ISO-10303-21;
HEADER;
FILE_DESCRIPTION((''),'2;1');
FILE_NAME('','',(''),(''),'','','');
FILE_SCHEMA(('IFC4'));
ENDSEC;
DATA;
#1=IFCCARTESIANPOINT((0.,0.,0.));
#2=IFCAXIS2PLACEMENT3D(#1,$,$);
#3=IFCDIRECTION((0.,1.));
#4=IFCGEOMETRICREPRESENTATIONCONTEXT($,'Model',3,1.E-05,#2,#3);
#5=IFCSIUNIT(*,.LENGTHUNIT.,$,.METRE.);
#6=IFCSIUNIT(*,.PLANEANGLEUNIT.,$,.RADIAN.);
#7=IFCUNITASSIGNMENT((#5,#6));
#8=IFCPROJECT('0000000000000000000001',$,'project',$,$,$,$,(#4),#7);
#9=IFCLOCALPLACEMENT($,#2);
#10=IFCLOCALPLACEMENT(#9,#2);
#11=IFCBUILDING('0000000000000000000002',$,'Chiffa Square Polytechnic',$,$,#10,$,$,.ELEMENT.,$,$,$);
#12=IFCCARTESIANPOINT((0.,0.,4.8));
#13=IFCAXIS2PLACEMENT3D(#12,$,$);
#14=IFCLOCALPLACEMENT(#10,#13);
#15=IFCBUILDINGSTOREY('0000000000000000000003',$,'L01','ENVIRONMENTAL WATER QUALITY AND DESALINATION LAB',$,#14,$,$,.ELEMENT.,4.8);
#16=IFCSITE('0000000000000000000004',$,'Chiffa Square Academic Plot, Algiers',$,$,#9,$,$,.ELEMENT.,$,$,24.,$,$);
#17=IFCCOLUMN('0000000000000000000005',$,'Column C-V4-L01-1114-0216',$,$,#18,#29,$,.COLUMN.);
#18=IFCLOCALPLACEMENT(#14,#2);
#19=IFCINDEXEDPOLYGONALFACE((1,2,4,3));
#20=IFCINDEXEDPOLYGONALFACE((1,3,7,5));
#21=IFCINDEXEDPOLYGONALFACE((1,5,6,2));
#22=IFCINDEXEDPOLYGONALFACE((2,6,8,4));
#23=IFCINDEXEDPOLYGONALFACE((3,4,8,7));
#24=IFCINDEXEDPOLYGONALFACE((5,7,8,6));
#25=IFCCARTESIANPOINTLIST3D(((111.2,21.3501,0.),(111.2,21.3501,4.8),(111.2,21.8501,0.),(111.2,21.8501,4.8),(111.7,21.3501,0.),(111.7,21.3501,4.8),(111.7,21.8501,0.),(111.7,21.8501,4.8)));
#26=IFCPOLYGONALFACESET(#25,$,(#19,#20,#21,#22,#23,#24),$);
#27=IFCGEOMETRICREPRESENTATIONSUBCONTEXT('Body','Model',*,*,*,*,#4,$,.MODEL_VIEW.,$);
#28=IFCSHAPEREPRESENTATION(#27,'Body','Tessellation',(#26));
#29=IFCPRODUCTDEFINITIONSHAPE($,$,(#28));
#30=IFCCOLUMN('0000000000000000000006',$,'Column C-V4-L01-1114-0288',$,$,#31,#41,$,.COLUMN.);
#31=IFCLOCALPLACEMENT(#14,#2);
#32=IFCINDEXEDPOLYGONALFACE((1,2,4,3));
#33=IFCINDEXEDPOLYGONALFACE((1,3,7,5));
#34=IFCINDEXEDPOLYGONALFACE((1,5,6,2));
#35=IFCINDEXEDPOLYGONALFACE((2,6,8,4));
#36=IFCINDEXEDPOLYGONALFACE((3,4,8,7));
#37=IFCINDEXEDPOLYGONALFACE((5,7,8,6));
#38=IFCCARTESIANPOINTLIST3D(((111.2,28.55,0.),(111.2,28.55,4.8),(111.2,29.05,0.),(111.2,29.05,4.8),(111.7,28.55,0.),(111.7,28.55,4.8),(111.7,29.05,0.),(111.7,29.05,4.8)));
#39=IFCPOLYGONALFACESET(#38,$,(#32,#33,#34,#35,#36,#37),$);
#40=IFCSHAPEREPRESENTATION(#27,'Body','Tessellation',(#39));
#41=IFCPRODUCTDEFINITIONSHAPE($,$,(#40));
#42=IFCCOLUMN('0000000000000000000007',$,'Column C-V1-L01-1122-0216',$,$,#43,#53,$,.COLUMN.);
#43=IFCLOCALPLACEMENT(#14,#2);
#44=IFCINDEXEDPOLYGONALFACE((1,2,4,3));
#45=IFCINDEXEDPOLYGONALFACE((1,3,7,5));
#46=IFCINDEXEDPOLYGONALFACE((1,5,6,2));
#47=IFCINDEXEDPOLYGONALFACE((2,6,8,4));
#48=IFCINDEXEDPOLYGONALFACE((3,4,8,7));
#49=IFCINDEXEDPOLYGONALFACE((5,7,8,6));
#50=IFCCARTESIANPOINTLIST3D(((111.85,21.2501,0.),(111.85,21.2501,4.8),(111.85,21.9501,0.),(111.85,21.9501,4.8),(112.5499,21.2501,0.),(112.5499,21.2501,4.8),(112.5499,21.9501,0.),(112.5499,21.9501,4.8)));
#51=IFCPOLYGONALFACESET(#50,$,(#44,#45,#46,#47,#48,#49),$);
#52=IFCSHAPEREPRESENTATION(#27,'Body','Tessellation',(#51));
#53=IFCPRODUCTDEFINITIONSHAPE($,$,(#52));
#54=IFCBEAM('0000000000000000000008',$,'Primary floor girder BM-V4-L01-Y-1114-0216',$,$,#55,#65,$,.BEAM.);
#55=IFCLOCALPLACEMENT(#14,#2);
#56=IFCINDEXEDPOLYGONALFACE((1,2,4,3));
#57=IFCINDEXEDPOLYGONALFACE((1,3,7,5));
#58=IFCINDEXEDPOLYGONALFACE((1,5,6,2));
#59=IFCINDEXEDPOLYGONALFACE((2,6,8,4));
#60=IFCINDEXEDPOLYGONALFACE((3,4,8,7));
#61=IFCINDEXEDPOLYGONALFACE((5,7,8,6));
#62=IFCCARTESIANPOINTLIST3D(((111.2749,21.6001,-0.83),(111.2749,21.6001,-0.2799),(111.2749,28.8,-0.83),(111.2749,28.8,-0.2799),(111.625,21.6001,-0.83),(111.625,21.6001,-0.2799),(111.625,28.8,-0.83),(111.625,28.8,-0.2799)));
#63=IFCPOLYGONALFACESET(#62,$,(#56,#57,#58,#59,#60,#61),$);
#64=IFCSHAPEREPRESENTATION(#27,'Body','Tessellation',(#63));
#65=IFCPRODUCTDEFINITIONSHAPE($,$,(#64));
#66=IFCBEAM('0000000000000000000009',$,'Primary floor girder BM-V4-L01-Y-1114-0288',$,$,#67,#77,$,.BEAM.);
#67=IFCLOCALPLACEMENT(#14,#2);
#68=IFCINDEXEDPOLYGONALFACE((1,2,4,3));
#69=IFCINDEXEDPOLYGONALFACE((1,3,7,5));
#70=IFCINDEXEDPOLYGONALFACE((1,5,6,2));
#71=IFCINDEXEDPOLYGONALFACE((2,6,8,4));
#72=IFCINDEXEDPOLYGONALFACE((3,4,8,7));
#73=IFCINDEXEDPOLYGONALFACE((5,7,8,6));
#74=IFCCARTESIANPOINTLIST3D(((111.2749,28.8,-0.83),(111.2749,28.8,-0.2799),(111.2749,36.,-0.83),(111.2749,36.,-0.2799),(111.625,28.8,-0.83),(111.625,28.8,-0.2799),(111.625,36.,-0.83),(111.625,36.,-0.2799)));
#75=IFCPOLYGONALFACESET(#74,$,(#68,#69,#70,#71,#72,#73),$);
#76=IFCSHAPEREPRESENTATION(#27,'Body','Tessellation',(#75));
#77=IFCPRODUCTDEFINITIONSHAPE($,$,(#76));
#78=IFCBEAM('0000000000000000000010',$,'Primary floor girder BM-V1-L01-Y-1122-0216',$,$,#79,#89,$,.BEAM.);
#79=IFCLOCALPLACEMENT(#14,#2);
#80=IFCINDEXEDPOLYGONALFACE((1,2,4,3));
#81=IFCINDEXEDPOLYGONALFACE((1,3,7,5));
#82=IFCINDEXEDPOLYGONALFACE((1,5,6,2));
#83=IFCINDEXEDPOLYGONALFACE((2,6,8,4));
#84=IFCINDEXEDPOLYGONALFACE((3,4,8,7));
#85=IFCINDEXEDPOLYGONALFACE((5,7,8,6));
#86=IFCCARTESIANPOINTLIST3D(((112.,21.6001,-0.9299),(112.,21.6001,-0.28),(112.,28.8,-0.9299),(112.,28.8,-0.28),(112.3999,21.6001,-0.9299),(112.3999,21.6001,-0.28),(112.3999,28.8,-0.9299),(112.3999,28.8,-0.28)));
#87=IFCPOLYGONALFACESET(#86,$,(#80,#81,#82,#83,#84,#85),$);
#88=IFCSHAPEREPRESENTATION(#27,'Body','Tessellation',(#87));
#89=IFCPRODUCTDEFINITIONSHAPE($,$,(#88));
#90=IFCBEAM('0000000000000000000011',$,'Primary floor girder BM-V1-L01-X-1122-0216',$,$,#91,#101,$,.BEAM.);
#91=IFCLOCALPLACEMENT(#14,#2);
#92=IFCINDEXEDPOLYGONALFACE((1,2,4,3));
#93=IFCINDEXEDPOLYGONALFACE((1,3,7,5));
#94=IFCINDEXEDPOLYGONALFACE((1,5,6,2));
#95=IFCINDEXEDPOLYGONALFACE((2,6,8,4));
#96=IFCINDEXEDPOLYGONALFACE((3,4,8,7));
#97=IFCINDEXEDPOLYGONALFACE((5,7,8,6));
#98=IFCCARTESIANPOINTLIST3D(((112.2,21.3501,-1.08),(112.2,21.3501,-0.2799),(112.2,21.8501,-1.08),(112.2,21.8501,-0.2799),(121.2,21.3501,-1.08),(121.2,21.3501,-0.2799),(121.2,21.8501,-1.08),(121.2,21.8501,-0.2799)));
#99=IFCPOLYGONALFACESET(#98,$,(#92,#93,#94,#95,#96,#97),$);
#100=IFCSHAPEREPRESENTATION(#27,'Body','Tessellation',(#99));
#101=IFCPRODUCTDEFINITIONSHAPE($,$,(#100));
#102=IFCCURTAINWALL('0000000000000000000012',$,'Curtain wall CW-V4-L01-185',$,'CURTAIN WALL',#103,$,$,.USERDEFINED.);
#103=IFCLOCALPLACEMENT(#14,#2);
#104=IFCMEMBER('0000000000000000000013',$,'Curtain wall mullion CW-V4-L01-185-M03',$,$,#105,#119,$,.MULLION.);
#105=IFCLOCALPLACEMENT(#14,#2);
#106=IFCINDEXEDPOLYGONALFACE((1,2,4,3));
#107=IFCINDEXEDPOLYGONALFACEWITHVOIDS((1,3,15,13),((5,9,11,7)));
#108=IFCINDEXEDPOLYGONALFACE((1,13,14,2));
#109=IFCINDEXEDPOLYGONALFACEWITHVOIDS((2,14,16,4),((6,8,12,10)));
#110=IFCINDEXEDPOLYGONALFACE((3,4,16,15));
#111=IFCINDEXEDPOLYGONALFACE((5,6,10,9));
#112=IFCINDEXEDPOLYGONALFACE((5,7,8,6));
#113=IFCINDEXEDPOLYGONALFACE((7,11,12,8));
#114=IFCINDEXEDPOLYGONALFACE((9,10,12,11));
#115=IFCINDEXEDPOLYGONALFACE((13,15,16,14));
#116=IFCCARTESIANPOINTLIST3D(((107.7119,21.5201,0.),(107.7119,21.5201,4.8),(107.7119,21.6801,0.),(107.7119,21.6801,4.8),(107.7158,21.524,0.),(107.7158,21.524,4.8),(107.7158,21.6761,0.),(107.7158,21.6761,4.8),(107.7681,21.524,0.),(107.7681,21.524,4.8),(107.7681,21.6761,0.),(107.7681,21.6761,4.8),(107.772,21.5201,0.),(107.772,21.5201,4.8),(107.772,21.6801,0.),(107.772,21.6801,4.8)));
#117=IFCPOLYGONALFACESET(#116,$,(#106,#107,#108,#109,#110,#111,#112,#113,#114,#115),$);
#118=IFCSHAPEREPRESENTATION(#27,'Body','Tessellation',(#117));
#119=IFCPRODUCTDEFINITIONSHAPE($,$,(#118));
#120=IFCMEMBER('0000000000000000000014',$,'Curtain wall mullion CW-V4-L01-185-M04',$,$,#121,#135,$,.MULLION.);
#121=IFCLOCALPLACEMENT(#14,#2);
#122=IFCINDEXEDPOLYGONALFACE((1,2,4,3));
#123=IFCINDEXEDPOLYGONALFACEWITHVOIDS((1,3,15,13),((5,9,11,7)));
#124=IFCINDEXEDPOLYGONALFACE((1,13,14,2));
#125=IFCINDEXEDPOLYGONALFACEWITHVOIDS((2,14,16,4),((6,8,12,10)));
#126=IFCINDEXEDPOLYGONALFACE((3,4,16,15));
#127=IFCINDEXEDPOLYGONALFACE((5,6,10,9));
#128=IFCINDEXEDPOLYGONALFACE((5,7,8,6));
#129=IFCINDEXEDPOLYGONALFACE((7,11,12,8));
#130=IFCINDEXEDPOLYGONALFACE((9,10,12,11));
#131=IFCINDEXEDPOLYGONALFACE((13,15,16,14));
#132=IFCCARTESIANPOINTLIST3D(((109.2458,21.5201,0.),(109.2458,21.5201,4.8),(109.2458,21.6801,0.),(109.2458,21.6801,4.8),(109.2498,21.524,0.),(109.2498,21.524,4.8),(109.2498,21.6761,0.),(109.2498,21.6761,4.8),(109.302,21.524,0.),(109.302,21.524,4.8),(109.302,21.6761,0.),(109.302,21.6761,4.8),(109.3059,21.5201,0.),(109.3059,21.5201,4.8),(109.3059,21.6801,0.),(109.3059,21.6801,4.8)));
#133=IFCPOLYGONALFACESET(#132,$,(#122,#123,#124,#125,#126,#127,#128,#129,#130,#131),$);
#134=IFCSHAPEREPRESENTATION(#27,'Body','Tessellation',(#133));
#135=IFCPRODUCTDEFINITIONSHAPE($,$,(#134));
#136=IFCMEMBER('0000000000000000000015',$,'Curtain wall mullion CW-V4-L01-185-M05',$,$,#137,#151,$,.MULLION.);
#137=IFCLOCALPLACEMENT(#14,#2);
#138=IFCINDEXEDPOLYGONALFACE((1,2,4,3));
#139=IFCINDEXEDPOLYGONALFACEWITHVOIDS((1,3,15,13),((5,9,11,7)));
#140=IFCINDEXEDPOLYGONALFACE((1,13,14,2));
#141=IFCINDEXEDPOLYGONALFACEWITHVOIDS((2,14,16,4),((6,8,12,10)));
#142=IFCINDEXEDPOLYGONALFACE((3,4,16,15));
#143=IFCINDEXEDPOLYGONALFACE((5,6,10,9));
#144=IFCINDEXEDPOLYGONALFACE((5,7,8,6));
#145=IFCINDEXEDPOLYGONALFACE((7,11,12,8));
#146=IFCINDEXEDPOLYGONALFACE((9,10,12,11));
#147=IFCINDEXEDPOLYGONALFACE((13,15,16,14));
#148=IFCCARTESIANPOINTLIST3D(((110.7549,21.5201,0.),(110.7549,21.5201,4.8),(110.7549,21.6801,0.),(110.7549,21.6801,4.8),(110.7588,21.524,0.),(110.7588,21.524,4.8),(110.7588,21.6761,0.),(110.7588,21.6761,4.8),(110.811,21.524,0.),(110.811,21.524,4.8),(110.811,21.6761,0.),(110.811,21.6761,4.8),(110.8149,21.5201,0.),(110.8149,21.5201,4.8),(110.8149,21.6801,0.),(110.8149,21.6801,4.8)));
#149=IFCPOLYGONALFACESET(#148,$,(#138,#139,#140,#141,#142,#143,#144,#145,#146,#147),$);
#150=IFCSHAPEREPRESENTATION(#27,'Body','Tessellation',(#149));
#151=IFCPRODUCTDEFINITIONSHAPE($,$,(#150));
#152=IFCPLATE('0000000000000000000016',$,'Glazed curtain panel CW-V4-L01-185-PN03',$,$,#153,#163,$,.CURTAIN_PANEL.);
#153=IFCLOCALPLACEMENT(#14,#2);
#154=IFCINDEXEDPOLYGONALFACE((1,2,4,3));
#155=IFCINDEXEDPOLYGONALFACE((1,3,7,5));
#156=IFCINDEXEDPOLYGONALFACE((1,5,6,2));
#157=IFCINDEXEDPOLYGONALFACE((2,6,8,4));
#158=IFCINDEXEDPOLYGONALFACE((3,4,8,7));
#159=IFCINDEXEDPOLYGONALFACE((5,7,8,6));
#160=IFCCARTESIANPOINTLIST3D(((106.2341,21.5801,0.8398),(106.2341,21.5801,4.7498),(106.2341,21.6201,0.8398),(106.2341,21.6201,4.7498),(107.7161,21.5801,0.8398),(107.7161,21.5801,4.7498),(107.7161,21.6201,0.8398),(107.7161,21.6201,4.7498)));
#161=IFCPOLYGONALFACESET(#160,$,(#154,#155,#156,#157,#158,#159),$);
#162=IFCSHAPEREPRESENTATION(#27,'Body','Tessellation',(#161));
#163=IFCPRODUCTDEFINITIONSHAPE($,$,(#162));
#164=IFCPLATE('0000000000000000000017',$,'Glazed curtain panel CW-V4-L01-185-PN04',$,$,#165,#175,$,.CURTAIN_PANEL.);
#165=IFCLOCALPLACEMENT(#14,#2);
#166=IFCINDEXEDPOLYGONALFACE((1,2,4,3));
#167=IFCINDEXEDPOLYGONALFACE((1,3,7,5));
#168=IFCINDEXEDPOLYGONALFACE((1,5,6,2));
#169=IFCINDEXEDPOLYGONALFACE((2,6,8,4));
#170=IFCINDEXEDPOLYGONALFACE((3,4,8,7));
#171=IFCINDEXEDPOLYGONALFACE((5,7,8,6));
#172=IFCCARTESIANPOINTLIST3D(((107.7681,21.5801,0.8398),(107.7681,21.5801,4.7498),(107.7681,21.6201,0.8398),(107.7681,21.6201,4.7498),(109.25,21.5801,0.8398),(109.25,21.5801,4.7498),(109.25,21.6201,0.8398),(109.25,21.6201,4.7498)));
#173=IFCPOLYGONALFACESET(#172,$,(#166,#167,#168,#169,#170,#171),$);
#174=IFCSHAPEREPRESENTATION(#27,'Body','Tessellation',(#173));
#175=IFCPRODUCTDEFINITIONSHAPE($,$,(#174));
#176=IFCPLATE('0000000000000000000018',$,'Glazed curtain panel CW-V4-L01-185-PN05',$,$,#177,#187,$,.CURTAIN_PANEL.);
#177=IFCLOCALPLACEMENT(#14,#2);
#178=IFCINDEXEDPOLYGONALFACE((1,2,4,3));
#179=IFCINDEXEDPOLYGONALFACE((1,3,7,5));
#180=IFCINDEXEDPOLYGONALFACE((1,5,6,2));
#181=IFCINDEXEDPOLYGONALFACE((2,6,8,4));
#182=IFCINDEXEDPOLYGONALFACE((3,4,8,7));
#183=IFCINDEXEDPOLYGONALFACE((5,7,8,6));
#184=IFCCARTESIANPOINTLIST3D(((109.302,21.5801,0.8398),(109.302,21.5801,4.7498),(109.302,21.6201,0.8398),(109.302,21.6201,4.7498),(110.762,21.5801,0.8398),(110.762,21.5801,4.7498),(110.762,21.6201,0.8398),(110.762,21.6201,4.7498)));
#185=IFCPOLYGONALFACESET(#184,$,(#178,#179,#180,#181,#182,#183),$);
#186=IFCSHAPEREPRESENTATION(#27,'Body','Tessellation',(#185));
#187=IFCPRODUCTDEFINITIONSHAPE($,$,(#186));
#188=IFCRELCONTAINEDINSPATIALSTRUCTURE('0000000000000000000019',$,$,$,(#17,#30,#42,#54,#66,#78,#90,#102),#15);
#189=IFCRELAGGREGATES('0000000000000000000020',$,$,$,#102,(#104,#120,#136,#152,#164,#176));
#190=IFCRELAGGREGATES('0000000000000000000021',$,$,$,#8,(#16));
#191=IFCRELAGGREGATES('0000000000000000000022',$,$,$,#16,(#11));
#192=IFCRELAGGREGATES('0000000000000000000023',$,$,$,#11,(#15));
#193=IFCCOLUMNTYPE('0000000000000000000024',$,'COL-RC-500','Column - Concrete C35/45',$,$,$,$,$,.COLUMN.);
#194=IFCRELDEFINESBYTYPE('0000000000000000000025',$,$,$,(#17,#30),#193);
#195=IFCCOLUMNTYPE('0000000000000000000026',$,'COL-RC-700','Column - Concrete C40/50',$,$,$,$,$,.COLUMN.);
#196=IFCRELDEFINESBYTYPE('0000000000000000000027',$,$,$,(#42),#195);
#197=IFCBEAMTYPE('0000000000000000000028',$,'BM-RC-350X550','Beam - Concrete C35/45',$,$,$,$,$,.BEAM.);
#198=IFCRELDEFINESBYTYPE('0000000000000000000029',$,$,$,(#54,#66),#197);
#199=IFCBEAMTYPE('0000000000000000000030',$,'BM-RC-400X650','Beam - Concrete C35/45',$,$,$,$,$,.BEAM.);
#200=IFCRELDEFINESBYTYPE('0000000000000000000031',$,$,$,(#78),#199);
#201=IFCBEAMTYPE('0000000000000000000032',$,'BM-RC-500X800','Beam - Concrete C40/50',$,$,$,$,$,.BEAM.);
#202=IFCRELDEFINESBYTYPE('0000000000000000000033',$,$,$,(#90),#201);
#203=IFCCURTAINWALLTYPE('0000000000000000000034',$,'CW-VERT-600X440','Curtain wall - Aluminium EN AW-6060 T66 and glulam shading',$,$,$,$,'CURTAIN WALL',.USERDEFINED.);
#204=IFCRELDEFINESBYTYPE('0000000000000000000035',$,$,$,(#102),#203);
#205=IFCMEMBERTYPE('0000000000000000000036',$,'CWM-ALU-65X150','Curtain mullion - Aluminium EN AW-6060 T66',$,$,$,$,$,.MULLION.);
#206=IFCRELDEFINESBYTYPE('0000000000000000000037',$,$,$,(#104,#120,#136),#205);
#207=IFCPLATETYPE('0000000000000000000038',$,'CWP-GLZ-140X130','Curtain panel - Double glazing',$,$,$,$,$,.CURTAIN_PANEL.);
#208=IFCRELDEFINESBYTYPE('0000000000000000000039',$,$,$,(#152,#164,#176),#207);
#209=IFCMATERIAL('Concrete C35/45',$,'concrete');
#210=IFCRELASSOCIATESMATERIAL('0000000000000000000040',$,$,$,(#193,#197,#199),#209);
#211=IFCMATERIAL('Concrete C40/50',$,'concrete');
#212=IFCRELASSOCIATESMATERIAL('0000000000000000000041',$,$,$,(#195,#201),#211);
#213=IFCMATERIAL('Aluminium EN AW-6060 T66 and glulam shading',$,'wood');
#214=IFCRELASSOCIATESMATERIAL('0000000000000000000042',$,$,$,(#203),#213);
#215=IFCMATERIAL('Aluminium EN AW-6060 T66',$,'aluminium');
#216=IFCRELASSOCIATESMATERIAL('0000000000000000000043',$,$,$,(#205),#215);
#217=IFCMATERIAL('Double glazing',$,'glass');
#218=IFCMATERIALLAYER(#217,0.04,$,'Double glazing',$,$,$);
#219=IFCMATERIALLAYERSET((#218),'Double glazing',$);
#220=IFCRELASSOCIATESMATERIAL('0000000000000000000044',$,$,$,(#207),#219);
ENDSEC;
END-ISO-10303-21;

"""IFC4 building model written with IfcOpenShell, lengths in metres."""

from ifc_helpers import new_model, si_unit, direction, frame, origin, origin_2d, place, context, subcontext, project, spatial, rectangle, hollow_rectangle, extrude, material, layer, layer_set, material_profile, profile_set, type_object, element, aggregate, save


model = new_model("IFC4")

# Units and contexts
model_context = context("Model", 3, precision=1e-05, world=origin(), true_north=direction((0.0, 1.0)))
body_context = subcontext(model_context, "Body", "Model", "MODEL_VIEW")
ifc_project = project(units=[si_unit("LENGTHUNIT", "METRE"), si_unit("PLANEANGLEUNIT", "RADIAN")], contexts=[model_context])

# Site, building, storey
site_placement = place(None, origin())
site = spatial("IfcSite", under=ifc_project, at=site_placement, Name="Chiffa Square Academic Plot, Algiers", CompositionType="ELEMENT", RefElevation=24.0)
building_placement = place(site_placement, origin())
building = spatial("IfcBuilding", under=site, at=building_placement, Name="Chiffa Square Polytechnic", CompositionType="ELEMENT")
storey_placement = place(building_placement, frame((0.0, 0.0, 4.8)))
storey = spatial("IfcBuildingStorey", under=building, at=storey_placement, Name="L01", Description="ENVIRONMENTAL WATER QUALITY AND DESALINATION LAB", CompositionType="ELEMENT", Elevation=4.8)

# Columns
ifc_material_1 = material(Name="Concrete C35/45", Category="concrete")
ifc_material_profile_1 = material_profile(ifc_material_1, rectangle(XDim=0.5, YDim=0.5, at=origin_2d()), Name="RC 500x500")
ifc_profile_set_1 = profile_set([ifc_material_profile_1], Name="Concrete C35/45")
column_type_1 = type_object("IfcColumnType", Name="COL-RC-500", Description="Column - Concrete C35/45", PredefinedType="COLUMN", material=ifc_profile_set_1)
for number, where, z_axis, x_axis, name in (
    (1, (111.45, 21.6001, 0.0), (0.0, 0.0, 1.0), (1.0, 0.0, 0.0), "Column C-V4-L01-1114-0216"),
    (2, (111.45, 28.8, 0.0), (0.0, 0.0, 1.0), (1.0, 0.0, 0.0), "Column C-V4-L01-1114-0288"),
):
    element("IfcColumn", number, at=place(storey_placement, frame(where, z_axis=z_axis, x_axis=x_axis)), inside=storey, type_object=column_type_1, Name=name, PredefinedType="COLUMN", context=body_context, shape_type="SweptSolid", body=[
        extrude(rectangle(XDim=0.5, YDim=0.5, at=origin_2d()), origin(), (0.0, 0.0, 1.0), 4.8),
    ])
ifc_material_2 = material(Name="Concrete C40/50", Category="concrete")
ifc_material_profile_2 = material_profile(ifc_material_2, rectangle(XDim=0.7, YDim=0.7, at=origin_2d()), Name="RC 700x700")
ifc_profile_set_2 = profile_set([ifc_material_profile_2], Name="Concrete C40/50")
column_type_2 = type_object("IfcColumnType", Name="COL-RC-700", Description="Column - Concrete C40/50", PredefinedType="COLUMN", material=ifc_profile_set_2)
column_placement = place(storey_placement, frame((112.2, 21.6001, 0.0), z_axis=(0.0, 0.0, 1.0), x_axis=(1.0, 0.0, 0.0)))
element("IfcColumn", 3, at=column_placement, inside=storey, type_object=column_type_2, Name="Column C-V1-L01-1122-0216", PredefinedType="COLUMN", context=body_context, shape_type="SweptSolid", body=[
    extrude(rectangle(XDim=0.7, YDim=0.7, at=origin_2d()), origin(), (0.0, 0.0, 1.0), 4.8),
])

# Beams
ifc_material_profile_3 = material_profile(ifc_material_1, rectangle(XDim=0.3501, YDim=0.55, at=origin_2d()), Name="RC 350x550")
ifc_profile_set_3 = profile_set([ifc_material_profile_3], Name="Concrete C35/45")
beam_type_1 = type_object("IfcBeamType", Name="BM-RC-350X550", Description="Beam - Concrete C35/45", PredefinedType="BEAM", material=ifc_profile_set_3)
for number, where, z_axis, x_axis, name in (
    (4, (111.45, 21.6001, -0.5549), (0.0, 1.0, 0.0), (-1.0, 0.0, 0.0), "Primary floor girder BM-V4-L01-Y-1114-0216"),
    (5, (111.45, 28.8, -0.5549), (0.0, 1.0, 0.0), (-1.0, 0.0, 0.0), "Primary floor girder BM-V4-L01-Y-1114-0288"),
):
    element("IfcBeam", number, at=place(storey_placement, frame(where, z_axis=z_axis, x_axis=x_axis)), inside=storey, type_object=beam_type_1, Name=name, PredefinedType="BEAM", context=body_context, shape_type="SweptSolid", body=[
        extrude(rectangle(XDim=0.3501, YDim=0.55, at=origin_2d()), origin(), (0.0, 0.0, 1.0), 7.2),
    ])
ifc_material_profile_4 = material_profile(ifc_material_1, rectangle(XDim=0.3999, YDim=0.6499, at=origin_2d()), Name="RC 400x650")
ifc_profile_set_4 = profile_set([ifc_material_profile_4], Name="Concrete C35/45")
beam_type_2 = type_object("IfcBeamType", Name="BM-RC-400X650", Description="Beam - Concrete C35/45", PredefinedType="BEAM", material=ifc_profile_set_4)
beam_1_placement = place(storey_placement, frame((112.2, 21.6001, -0.605), z_axis=(0.0, 1.0, 0.0), x_axis=(-1.0, 0.0, 0.0)))
element("IfcBeam", 6, at=beam_1_placement, inside=storey, type_object=beam_type_2, Name="Primary floor girder BM-V1-L01-Y-1122-0216", PredefinedType="BEAM", context=body_context, shape_type="SweptSolid", body=[
    extrude(rectangle(XDim=0.3999, YDim=0.6499, at=origin_2d()), origin(), (0.0, 0.0, 1.0), 7.2),
])
ifc_material_profile_5 = material_profile(ifc_material_2, rectangle(XDim=0.5, YDim=0.8, at=origin_2d()), Name="RC 500x800")
ifc_profile_set_5 = profile_set([ifc_material_profile_5], Name="Concrete C40/50")
beam_type_3 = type_object("IfcBeamType", Name="BM-RC-500X800", Description="Beam - Concrete C40/50", PredefinedType="BEAM", material=ifc_profile_set_5)
beam_2_placement = place(storey_placement, frame((112.2, 21.6001, -0.6799), z_axis=(1.0, 0.0, 0.0), x_axis=(0.0, 1.0, 0.0)))
element("IfcBeam", 7, at=beam_2_placement, inside=storey, type_object=beam_type_3, Name="Primary floor girder BM-V1-L01-X-1122-0216", PredefinedType="BEAM", context=body_context, shape_type="SweptSolid", body=[
    extrude(rectangle(XDim=0.5, YDim=0.8, at=origin_2d()), origin(), (0.0, 0.0, 1.0), 9.0),
])

# Curtain wall, members, plates
ifc_material_3 = material(Name="Aluminium EN AW-6060 T66 and glulam shading", Category="wood")
curtain_wall_type = type_object("IfcCurtainWallType", Name="CW-VERT-600X440", Description="Curtain wall - Aluminium EN AW-6060 T66 and glulam shading", ElementType="CURTAIN WALL", PredefinedType="USERDEFINED", material=ifc_material_3)
curtain_wall_placement = place(storey_placement, origin())
curtain_wall = element("IfcCurtainWall", 8, at=curtain_wall_placement, inside=storey, type_object=curtain_wall_type, Name="Curtain wall CW-V4-L01-185", ObjectType="CURTAIN WALL", PredefinedType="USERDEFINED")
ifc_material_4 = material(Name="Aluminium EN AW-6060 T66", Category="aluminium")
ifc_material_profile_6 = material_profile(ifc_material_4, hollow_rectangle(XDim=0.0601, YDim=0.1599, WallThickness=0.0039, at=origin_2d()), Name="ALU 60x160x4")
ifc_profile_set_6 = profile_set([ifc_material_profile_6], Name="Aluminium EN AW-6060 T66")
member_type = type_object("IfcMemberType", Name="CWM-ALU-65X150", Description="Curtain mullion - Aluminium EN AW-6060 T66", PredefinedType="MULLION", material=ifc_profile_set_6)
member_1_placement = place(storey_placement, frame((107.7419, 21.6001, 0.0), z_axis=(0.0, 0.0, 1.0), x_axis=(1.0, 0.0, 0.0)))
member_1 = element("IfcMember", 9, at=member_1_placement, type_object=member_type, Name="Curtain wall mullion CW-V4-L01-185-M03", PredefinedType="MULLION", context=body_context, shape_type="SweptSolid", body=[
    extrude(hollow_rectangle(XDim=0.0601, YDim=0.1599, WallThickness=0.0039, at=origin_2d()), origin(), (0.0, 0.0, 1.0), 4.8),
])
member_2_placement = place(storey_placement, frame((109.2759, 21.6001, 0.0), z_axis=(0.0, 0.0, 1.0), x_axis=(1.0, 0.0, 0.0)))
member_2 = element("IfcMember", 10, at=member_2_placement, type_object=member_type, Name="Curtain wall mullion CW-V4-L01-185-M04", PredefinedType="MULLION", context=body_context, shape_type="SweptSolid", body=[
    extrude(hollow_rectangle(XDim=0.0601, YDim=0.1599, WallThickness=0.0039, at=origin_2d()), origin(), (0.0, 0.0, 1.0), 4.8),
])
member_3_placement = place(storey_placement, frame((110.7849, 21.6001, 0.0), z_axis=(0.0, 0.0, 1.0), x_axis=(1.0, 0.0, 0.0)))
member_3 = element("IfcMember", 11, at=member_3_placement, type_object=member_type, Name="Curtain wall mullion CW-V4-L01-185-M05", PredefinedType="MULLION", context=body_context, shape_type="SweptSolid", body=[
    extrude(hollow_rectangle(XDim=0.0601, YDim=0.1599, WallThickness=0.0039, at=origin_2d()), origin(), (0.0, 0.0, 1.0), 4.8),
])
ifc_material_5 = material(Name="Double glazing", Category="glass")
ifc_layer_1 = layer(ifc_material_5, 0.04, Name="Double glazing")
ifc_layer_set_1 = layer_set([ifc_layer_1], Name="Double glazing")
plate_type_1 = type_object("IfcPlateType", Name="CWP-GLZ-140X130", Description="Curtain panel - Double glazing", PredefinedType="CURTAIN_PANEL", material=ifc_layer_set_1)
plate_1_placement = place(storey_placement, frame((106.9751, 21.6001, 0.8398), z_axis=(0.0, 0.0, 1.0), x_axis=(1.0, 0.0, 0.0)))
plate_1 = element("IfcPlate", 12, at=plate_1_placement, type_object=plate_type_1, Name="Glazed curtain panel CW-V4-L01-185-PN03", PredefinedType="CURTAIN_PANEL", context=body_context, shape_type="SweptSolid", body=[
    extrude(rectangle(XDim=1.4819, YDim=0.04, at=origin_2d()), origin(), (0.0, 0.0, 1.0), 3.9099),
])
plate_2_placement = place(storey_placement, frame((108.509, 21.6001, 0.8398), z_axis=(0.0, 0.0, 1.0), x_axis=(1.0, 0.0, 0.0)))
plate_2 = element("IfcPlate", 13, at=plate_2_placement, type_object=plate_type_1, Name="Glazed curtain panel CW-V4-L01-185-PN04", PredefinedType="CURTAIN_PANEL", context=body_context, shape_type="SweptSolid", body=[
    extrude(rectangle(XDim=1.4819, YDim=0.04, at=origin_2d()), origin(), (0.0, 0.0, 1.0), 3.9099),
])
plate_3_placement = place(storey_placement, frame((110.032, 21.6001, 0.8398), z_axis=(0.0, 0.0, 1.0), x_axis=(1.0, 0.0, 0.0)))
plate_3 = element("IfcPlate", 14, at=plate_3_placement, type_object=plate_type_1, Name="Glazed curtain panel CW-V4-L01-185-PN05", PredefinedType="CURTAIN_PANEL", context=body_context, shape_type="SweptSolid", body=[
    extrude(rectangle(XDim=1.46, YDim=0.04, at=origin_2d()), origin(), (0.0, 0.0, 1.0), 3.9099),
])
aggregate(curtain_wall, [member_1, member_2, member_3, plate_1, plate_2, plate_3])

save(model, "model.ifc")
